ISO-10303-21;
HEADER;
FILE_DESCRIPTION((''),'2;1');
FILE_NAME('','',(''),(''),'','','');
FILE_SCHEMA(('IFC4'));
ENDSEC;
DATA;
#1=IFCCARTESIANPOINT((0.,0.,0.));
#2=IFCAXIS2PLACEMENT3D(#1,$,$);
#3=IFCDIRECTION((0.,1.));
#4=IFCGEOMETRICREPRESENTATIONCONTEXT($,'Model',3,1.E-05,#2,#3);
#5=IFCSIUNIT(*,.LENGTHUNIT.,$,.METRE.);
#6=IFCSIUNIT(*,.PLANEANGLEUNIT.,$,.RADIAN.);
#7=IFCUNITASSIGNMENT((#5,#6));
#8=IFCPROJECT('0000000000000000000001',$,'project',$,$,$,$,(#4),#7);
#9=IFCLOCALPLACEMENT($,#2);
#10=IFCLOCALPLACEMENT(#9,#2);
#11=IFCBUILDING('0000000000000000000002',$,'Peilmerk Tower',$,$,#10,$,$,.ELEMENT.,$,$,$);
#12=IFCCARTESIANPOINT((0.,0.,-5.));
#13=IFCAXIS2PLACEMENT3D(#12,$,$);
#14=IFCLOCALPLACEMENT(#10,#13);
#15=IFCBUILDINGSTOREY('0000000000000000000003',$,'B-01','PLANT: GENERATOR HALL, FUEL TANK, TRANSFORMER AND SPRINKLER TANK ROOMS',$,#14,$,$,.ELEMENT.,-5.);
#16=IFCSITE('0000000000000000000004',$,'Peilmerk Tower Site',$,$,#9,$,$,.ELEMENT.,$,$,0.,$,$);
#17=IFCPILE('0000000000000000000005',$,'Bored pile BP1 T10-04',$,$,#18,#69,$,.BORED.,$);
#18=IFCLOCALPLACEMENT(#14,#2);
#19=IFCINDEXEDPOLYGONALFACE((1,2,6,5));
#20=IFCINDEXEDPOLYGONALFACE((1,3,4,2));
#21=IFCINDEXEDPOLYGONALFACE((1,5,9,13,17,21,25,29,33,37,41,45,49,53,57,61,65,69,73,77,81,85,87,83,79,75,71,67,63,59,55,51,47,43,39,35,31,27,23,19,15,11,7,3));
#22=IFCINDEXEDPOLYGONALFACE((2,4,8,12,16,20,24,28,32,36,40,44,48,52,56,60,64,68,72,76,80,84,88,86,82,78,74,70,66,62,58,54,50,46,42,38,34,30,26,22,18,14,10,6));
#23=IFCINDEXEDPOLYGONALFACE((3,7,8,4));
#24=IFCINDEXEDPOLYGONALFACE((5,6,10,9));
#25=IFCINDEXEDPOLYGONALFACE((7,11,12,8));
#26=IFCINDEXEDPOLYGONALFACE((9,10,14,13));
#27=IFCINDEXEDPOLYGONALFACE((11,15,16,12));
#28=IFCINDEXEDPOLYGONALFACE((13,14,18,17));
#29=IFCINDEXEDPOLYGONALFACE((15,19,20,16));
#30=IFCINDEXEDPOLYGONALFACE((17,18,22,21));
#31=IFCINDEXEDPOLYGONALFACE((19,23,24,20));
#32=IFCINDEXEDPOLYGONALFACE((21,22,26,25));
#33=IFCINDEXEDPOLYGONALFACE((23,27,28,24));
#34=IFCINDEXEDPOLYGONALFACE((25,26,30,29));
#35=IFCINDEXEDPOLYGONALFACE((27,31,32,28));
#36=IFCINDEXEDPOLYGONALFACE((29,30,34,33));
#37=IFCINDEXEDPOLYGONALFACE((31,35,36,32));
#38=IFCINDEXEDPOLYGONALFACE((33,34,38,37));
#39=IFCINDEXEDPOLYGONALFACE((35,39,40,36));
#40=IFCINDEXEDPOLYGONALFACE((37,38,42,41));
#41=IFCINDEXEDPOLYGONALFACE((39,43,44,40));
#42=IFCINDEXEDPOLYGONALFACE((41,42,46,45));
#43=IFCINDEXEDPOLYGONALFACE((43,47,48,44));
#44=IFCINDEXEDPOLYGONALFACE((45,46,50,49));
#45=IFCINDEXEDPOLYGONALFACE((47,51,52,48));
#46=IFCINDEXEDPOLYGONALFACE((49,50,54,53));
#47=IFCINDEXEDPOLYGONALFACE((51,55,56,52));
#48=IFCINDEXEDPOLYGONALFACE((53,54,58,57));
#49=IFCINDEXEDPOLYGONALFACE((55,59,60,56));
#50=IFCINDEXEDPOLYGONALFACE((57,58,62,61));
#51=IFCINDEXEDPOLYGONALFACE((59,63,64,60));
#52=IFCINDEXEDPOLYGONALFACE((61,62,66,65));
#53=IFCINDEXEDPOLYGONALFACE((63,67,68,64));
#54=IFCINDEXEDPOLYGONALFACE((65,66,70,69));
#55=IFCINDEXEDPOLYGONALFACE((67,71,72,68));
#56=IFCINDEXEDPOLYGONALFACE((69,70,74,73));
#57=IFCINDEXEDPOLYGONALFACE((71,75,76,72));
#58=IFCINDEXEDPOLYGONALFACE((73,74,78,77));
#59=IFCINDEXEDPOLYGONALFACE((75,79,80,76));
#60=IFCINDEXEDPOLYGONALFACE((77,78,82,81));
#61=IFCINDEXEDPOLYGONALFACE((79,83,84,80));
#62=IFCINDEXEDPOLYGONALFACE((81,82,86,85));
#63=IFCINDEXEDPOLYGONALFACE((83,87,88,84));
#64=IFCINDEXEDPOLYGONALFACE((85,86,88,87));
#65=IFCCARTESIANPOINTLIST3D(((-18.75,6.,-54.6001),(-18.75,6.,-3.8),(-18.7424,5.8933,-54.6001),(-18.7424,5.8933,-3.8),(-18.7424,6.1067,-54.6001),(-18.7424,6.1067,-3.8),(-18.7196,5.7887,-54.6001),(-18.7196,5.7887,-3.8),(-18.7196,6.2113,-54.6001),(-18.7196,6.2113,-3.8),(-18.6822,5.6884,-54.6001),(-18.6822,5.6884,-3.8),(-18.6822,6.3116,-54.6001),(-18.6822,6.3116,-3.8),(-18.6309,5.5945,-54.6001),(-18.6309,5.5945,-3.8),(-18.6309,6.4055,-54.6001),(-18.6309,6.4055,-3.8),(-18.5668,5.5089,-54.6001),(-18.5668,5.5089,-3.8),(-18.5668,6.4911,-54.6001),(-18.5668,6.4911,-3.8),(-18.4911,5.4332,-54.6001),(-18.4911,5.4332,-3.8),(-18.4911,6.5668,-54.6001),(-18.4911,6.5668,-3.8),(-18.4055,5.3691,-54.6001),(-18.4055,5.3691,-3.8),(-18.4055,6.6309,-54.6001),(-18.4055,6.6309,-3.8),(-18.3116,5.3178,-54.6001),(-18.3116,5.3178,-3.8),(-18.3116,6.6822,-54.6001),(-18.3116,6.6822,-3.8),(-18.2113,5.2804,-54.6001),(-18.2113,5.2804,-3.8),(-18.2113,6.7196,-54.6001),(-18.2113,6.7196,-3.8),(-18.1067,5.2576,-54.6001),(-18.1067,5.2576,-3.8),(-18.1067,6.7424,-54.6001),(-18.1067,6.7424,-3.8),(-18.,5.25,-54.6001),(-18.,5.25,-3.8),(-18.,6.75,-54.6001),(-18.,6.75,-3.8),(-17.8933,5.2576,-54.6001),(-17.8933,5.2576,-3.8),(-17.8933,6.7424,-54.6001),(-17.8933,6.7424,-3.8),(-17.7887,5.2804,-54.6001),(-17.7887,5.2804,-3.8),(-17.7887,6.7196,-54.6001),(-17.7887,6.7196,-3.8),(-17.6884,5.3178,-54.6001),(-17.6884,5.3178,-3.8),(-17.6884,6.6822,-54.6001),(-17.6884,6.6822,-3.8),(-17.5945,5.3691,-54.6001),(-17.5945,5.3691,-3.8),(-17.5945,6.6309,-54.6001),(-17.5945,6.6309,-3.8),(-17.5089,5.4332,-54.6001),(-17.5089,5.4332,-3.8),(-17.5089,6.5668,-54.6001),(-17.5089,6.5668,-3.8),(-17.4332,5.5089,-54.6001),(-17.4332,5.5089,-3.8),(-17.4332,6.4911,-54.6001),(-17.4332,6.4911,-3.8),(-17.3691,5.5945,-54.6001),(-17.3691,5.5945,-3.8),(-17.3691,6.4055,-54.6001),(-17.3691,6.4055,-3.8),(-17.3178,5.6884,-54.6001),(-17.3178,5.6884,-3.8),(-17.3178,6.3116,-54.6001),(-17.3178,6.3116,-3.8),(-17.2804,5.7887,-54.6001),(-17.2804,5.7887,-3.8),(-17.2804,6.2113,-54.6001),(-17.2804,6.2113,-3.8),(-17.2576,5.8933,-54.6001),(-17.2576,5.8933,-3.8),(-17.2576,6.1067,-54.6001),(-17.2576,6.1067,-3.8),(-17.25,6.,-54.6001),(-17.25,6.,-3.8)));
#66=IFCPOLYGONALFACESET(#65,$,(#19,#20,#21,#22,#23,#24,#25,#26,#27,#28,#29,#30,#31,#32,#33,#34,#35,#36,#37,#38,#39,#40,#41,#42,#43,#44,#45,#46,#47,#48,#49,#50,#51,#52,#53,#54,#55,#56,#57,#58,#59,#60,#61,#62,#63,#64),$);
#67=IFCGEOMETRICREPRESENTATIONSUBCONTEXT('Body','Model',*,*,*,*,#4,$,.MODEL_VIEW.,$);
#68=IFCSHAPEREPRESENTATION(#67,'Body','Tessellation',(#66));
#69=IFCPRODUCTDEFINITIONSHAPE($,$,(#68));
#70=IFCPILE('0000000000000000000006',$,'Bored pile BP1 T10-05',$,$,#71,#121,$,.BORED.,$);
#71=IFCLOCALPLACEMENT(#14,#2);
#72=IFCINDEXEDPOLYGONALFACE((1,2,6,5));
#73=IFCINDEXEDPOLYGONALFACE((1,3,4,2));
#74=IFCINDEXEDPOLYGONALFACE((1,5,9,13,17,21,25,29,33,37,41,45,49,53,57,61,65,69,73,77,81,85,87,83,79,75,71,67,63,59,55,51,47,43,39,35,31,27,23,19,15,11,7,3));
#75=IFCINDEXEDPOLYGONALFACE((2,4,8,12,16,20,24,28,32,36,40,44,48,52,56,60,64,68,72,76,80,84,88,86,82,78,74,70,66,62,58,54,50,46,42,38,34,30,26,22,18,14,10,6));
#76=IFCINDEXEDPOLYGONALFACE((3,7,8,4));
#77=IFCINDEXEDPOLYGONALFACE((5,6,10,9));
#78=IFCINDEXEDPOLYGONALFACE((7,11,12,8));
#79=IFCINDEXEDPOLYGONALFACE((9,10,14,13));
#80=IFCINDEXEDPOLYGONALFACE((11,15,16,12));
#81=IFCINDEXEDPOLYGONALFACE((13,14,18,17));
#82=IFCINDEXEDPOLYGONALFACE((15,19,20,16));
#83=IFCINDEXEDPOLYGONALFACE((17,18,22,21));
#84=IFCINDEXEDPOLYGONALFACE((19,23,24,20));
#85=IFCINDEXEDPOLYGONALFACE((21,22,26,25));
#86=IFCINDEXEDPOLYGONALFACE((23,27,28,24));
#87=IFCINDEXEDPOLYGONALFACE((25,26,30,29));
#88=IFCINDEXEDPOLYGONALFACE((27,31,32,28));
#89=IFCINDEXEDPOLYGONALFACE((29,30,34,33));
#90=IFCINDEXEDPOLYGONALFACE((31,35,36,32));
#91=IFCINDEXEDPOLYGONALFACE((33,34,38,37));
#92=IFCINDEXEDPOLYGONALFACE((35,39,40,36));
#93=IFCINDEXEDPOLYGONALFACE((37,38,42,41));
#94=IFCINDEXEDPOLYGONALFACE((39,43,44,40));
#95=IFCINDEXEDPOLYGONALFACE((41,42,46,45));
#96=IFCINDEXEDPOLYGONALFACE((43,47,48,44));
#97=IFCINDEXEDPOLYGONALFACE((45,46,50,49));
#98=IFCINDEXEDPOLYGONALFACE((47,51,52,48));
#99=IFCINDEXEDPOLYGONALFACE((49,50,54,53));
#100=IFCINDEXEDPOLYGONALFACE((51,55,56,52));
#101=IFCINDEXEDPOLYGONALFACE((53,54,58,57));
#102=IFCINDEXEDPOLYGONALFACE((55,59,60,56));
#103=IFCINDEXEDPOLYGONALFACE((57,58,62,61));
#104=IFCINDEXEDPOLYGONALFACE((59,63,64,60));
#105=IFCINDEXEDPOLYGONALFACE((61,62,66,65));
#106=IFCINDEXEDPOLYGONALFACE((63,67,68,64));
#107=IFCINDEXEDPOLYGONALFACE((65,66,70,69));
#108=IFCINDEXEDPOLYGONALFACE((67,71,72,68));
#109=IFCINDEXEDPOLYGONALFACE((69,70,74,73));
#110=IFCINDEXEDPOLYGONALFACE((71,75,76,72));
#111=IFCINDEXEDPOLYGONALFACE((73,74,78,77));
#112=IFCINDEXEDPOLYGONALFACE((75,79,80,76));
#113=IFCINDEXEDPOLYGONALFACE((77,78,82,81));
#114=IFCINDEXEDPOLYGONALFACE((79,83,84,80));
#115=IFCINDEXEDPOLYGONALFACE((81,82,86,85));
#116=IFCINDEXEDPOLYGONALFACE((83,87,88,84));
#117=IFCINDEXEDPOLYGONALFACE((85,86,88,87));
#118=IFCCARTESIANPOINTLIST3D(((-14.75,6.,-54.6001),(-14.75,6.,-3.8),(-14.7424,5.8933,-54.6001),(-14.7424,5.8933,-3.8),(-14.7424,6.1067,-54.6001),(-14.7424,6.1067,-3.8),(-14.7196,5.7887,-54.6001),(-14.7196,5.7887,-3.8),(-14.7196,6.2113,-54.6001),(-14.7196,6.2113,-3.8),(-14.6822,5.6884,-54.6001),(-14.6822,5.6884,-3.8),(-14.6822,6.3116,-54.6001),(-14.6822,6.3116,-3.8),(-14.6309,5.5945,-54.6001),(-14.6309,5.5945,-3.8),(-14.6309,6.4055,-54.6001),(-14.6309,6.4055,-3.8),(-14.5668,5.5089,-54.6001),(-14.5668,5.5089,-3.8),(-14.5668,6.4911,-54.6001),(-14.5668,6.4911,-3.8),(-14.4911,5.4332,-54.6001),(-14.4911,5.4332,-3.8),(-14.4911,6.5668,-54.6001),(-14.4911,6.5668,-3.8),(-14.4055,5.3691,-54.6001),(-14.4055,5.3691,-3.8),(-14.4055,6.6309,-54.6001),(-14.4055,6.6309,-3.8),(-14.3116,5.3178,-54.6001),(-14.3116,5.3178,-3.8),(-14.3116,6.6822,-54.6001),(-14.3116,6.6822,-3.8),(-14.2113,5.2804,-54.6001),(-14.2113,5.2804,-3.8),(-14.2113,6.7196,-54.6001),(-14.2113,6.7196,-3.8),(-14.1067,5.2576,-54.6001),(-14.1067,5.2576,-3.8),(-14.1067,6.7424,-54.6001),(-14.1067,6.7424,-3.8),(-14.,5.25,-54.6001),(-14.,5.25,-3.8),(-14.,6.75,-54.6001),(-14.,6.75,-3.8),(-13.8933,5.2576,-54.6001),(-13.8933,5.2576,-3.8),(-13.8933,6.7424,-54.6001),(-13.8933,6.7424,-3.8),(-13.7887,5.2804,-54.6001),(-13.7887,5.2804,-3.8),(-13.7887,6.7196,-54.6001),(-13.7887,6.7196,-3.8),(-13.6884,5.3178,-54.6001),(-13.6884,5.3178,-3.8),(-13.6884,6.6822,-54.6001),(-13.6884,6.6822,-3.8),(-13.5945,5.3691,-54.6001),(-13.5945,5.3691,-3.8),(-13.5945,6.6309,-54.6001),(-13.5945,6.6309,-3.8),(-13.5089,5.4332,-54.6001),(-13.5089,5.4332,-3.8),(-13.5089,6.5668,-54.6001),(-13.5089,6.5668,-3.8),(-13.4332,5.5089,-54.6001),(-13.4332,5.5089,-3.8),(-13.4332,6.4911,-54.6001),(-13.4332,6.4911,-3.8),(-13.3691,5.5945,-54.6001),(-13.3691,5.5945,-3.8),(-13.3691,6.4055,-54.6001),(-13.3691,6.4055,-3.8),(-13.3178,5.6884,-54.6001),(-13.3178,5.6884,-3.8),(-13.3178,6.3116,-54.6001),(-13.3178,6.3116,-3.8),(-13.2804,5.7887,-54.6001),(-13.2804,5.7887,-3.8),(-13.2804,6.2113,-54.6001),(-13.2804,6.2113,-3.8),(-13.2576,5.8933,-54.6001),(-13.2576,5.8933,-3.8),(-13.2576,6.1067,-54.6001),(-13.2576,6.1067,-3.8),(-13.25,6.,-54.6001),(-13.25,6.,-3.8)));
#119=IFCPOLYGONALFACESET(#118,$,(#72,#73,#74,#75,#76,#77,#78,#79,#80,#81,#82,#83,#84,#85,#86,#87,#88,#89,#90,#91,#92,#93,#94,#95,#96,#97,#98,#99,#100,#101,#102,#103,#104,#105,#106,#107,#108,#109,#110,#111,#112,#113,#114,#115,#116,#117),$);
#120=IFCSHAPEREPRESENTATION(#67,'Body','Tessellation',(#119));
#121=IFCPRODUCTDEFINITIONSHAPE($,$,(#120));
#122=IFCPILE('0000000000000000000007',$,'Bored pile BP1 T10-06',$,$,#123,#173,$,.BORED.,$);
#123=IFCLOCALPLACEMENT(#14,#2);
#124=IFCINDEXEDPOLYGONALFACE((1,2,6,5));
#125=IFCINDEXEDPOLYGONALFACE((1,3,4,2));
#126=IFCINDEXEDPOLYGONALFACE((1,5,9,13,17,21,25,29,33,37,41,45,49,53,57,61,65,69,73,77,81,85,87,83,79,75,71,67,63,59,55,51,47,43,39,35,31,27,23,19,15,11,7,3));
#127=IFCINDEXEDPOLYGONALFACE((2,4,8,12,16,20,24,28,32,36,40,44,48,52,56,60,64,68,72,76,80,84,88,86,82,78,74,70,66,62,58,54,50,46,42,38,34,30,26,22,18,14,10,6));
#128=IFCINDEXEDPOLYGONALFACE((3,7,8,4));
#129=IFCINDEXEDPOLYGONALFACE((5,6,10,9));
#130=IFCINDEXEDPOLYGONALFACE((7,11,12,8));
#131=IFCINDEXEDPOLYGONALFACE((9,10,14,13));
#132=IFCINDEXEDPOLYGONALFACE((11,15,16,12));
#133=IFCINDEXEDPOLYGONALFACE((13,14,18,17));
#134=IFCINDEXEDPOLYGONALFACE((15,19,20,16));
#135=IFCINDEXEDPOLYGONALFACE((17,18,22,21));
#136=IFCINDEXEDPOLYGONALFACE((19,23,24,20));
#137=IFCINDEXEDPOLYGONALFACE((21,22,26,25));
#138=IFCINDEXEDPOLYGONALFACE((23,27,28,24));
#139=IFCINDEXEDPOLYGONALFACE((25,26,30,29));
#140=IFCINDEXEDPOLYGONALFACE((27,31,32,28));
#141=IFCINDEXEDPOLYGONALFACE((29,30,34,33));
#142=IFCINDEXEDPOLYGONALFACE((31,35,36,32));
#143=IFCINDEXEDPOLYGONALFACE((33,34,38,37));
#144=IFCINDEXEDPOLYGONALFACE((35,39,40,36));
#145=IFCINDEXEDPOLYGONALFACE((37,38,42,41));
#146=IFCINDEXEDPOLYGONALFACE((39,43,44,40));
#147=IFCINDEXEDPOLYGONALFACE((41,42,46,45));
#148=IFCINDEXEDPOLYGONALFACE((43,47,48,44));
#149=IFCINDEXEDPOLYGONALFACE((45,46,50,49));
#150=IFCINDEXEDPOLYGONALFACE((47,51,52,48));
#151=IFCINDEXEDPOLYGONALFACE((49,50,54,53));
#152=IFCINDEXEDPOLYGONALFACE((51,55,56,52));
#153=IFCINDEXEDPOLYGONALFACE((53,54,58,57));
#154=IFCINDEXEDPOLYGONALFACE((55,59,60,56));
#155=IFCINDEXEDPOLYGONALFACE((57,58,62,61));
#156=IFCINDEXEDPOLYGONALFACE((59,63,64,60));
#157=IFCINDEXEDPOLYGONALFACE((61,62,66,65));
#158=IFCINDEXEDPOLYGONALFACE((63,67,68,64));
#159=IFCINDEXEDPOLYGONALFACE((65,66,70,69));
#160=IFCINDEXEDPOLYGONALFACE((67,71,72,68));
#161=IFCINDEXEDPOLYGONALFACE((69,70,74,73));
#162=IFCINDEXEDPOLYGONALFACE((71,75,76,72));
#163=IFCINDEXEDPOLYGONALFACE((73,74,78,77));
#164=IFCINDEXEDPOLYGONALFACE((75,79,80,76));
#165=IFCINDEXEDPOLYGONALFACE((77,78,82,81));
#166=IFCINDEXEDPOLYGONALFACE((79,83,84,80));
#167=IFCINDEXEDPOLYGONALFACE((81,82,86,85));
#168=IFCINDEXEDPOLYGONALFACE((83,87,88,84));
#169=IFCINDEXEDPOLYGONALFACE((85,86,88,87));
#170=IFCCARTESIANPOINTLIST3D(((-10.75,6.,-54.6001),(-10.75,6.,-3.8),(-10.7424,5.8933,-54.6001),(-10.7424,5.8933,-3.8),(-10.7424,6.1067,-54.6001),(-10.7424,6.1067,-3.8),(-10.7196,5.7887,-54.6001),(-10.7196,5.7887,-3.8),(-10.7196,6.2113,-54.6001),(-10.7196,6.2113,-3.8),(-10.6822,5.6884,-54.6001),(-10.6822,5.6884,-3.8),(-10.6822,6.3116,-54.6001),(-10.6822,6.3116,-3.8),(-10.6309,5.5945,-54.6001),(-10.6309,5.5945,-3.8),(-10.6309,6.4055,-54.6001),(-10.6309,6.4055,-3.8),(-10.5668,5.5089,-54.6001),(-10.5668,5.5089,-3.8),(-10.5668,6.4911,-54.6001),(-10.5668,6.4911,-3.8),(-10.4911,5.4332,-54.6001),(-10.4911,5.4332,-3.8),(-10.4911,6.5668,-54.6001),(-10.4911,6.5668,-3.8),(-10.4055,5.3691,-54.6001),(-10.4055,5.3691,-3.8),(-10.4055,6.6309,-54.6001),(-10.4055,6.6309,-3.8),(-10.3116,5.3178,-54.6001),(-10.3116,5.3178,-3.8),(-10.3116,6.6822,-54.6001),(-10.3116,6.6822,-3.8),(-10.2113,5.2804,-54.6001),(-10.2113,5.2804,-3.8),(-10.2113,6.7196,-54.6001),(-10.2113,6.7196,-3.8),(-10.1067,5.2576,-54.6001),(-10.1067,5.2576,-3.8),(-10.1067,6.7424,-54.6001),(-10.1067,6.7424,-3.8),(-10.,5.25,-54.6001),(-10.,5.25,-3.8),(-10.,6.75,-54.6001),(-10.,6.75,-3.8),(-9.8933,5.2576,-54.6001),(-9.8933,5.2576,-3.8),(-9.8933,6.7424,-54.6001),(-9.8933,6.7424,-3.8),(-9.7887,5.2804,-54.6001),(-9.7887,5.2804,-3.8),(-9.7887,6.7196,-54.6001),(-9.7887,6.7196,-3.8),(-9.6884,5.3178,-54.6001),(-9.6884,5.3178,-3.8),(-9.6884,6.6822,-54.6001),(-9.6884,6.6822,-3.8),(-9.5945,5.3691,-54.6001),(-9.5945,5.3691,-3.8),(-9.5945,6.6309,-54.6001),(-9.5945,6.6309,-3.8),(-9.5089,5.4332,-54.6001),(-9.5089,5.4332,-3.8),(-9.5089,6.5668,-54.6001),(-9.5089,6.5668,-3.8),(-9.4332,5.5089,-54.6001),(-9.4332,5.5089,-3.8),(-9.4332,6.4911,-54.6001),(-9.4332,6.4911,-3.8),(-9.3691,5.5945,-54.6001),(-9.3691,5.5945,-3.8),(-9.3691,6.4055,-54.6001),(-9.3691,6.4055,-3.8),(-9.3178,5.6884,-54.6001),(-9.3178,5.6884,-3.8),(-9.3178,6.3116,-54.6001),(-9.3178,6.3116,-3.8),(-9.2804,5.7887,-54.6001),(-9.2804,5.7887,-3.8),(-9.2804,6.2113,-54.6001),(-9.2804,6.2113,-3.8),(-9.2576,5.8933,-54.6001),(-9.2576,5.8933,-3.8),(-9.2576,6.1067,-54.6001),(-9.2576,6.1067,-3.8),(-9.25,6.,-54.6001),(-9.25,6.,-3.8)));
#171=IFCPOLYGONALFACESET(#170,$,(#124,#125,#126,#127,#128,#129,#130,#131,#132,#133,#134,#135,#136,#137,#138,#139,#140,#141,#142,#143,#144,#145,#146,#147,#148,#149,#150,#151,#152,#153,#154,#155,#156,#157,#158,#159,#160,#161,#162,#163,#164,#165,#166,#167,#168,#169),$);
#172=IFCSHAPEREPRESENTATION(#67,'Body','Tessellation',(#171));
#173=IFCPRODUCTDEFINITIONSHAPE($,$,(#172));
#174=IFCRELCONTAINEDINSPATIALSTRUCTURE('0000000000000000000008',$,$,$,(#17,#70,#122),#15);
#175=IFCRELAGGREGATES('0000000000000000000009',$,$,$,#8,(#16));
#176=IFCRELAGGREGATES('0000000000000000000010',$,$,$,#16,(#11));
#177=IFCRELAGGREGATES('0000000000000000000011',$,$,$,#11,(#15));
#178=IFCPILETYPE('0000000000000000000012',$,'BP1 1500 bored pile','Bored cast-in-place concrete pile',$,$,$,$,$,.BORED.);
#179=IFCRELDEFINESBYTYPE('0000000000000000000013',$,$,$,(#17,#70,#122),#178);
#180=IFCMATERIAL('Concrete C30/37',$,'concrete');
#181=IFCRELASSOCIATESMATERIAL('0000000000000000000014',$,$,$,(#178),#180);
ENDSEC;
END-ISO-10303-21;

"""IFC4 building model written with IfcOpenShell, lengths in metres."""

from ifc_helpers import new_model, si_unit, direction, frame, origin, origin_2d, place, context, subcontext, project, spatial, circle, extrude, material, material_profile, profile_set, type_object, element, save


model = new_model("IFC4")

# Units and contexts
model_context = context("Model", 3, precision=1e-05, world=origin(), true_north=direction((0.0, 1.0)))
body_context = subcontext(model_context, "Body", "Model", "MODEL_VIEW")
ifc_project = project(units=[si_unit("LENGTHUNIT", "METRE"), si_unit("PLANEANGLEUNIT", "RADIAN")], contexts=[model_context])

# Site, building, storey
site_placement = place(None, origin())
site = spatial("IfcSite", under=ifc_project, at=site_placement, Name="Peilmerk Tower Site", CompositionType="ELEMENT", RefElevation=0.0)
building_placement = place(site_placement, origin())
building = spatial("IfcBuilding", under=site, at=building_placement, Name="Peilmerk Tower", CompositionType="ELEMENT")
storey_placement = place(building_placement, frame((0.0, 0.0, -5.0)))
storey = spatial("IfcBuildingStorey", under=building, at=storey_placement, Name="B-01", Description="PLANT: GENERATOR HALL, FUEL TANK, TRANSFORMER AND SPRINKLER TANK ROOMS", CompositionType="ELEMENT", Elevation=-5.0)

# Piles
ifc_material_1 = material(Name="Concrete C30/37", Category="concrete")
ifc_material_profile = material_profile(ifc_material_1, circle(Radius=0.75, at=origin_2d()), Name="BP 1500")
ifc_profile_set = profile_set([ifc_material_profile], Name="Concrete C30/37")
pile_type = type_object("IfcPileType", Name="BP1 1500 bored pile", Description="Bored cast-in-place concrete pile", PredefinedType="BORED", material=ifc_profile_set)
for number, where, z_axis, x_axis, name in (
    (1, (-18.0, 6.0, -3.8), (0.0, 0.0, -1.0), (1.0, 0.0, 0.0), "Bored pile BP1 T10-04"),
    (2, (-14.0, 6.0, -3.8), (0.0, 0.0, -1.0), (1.0, 0.0, 0.0), "Bored pile BP1 T10-05"),
    (3, (-10.0, 6.0, -3.8), (0.0, 0.0, -1.0), (1.0, 0.0, 0.0), "Bored pile BP1 T10-06"),
):
    element("IfcPile", number, at=place(storey_placement, frame(where, z_axis=z_axis, x_axis=x_axis)), inside=storey, type_object=pile_type, Name=name, PredefinedType="BORED", context=body_context, shape_type="SweptSolid", body=[
        extrude(circle(Radius=0.75, at=origin_2d()), origin(), (0.0, 0.0, 1.0), 50.8),
    ])

save(model, "model.ifc")
